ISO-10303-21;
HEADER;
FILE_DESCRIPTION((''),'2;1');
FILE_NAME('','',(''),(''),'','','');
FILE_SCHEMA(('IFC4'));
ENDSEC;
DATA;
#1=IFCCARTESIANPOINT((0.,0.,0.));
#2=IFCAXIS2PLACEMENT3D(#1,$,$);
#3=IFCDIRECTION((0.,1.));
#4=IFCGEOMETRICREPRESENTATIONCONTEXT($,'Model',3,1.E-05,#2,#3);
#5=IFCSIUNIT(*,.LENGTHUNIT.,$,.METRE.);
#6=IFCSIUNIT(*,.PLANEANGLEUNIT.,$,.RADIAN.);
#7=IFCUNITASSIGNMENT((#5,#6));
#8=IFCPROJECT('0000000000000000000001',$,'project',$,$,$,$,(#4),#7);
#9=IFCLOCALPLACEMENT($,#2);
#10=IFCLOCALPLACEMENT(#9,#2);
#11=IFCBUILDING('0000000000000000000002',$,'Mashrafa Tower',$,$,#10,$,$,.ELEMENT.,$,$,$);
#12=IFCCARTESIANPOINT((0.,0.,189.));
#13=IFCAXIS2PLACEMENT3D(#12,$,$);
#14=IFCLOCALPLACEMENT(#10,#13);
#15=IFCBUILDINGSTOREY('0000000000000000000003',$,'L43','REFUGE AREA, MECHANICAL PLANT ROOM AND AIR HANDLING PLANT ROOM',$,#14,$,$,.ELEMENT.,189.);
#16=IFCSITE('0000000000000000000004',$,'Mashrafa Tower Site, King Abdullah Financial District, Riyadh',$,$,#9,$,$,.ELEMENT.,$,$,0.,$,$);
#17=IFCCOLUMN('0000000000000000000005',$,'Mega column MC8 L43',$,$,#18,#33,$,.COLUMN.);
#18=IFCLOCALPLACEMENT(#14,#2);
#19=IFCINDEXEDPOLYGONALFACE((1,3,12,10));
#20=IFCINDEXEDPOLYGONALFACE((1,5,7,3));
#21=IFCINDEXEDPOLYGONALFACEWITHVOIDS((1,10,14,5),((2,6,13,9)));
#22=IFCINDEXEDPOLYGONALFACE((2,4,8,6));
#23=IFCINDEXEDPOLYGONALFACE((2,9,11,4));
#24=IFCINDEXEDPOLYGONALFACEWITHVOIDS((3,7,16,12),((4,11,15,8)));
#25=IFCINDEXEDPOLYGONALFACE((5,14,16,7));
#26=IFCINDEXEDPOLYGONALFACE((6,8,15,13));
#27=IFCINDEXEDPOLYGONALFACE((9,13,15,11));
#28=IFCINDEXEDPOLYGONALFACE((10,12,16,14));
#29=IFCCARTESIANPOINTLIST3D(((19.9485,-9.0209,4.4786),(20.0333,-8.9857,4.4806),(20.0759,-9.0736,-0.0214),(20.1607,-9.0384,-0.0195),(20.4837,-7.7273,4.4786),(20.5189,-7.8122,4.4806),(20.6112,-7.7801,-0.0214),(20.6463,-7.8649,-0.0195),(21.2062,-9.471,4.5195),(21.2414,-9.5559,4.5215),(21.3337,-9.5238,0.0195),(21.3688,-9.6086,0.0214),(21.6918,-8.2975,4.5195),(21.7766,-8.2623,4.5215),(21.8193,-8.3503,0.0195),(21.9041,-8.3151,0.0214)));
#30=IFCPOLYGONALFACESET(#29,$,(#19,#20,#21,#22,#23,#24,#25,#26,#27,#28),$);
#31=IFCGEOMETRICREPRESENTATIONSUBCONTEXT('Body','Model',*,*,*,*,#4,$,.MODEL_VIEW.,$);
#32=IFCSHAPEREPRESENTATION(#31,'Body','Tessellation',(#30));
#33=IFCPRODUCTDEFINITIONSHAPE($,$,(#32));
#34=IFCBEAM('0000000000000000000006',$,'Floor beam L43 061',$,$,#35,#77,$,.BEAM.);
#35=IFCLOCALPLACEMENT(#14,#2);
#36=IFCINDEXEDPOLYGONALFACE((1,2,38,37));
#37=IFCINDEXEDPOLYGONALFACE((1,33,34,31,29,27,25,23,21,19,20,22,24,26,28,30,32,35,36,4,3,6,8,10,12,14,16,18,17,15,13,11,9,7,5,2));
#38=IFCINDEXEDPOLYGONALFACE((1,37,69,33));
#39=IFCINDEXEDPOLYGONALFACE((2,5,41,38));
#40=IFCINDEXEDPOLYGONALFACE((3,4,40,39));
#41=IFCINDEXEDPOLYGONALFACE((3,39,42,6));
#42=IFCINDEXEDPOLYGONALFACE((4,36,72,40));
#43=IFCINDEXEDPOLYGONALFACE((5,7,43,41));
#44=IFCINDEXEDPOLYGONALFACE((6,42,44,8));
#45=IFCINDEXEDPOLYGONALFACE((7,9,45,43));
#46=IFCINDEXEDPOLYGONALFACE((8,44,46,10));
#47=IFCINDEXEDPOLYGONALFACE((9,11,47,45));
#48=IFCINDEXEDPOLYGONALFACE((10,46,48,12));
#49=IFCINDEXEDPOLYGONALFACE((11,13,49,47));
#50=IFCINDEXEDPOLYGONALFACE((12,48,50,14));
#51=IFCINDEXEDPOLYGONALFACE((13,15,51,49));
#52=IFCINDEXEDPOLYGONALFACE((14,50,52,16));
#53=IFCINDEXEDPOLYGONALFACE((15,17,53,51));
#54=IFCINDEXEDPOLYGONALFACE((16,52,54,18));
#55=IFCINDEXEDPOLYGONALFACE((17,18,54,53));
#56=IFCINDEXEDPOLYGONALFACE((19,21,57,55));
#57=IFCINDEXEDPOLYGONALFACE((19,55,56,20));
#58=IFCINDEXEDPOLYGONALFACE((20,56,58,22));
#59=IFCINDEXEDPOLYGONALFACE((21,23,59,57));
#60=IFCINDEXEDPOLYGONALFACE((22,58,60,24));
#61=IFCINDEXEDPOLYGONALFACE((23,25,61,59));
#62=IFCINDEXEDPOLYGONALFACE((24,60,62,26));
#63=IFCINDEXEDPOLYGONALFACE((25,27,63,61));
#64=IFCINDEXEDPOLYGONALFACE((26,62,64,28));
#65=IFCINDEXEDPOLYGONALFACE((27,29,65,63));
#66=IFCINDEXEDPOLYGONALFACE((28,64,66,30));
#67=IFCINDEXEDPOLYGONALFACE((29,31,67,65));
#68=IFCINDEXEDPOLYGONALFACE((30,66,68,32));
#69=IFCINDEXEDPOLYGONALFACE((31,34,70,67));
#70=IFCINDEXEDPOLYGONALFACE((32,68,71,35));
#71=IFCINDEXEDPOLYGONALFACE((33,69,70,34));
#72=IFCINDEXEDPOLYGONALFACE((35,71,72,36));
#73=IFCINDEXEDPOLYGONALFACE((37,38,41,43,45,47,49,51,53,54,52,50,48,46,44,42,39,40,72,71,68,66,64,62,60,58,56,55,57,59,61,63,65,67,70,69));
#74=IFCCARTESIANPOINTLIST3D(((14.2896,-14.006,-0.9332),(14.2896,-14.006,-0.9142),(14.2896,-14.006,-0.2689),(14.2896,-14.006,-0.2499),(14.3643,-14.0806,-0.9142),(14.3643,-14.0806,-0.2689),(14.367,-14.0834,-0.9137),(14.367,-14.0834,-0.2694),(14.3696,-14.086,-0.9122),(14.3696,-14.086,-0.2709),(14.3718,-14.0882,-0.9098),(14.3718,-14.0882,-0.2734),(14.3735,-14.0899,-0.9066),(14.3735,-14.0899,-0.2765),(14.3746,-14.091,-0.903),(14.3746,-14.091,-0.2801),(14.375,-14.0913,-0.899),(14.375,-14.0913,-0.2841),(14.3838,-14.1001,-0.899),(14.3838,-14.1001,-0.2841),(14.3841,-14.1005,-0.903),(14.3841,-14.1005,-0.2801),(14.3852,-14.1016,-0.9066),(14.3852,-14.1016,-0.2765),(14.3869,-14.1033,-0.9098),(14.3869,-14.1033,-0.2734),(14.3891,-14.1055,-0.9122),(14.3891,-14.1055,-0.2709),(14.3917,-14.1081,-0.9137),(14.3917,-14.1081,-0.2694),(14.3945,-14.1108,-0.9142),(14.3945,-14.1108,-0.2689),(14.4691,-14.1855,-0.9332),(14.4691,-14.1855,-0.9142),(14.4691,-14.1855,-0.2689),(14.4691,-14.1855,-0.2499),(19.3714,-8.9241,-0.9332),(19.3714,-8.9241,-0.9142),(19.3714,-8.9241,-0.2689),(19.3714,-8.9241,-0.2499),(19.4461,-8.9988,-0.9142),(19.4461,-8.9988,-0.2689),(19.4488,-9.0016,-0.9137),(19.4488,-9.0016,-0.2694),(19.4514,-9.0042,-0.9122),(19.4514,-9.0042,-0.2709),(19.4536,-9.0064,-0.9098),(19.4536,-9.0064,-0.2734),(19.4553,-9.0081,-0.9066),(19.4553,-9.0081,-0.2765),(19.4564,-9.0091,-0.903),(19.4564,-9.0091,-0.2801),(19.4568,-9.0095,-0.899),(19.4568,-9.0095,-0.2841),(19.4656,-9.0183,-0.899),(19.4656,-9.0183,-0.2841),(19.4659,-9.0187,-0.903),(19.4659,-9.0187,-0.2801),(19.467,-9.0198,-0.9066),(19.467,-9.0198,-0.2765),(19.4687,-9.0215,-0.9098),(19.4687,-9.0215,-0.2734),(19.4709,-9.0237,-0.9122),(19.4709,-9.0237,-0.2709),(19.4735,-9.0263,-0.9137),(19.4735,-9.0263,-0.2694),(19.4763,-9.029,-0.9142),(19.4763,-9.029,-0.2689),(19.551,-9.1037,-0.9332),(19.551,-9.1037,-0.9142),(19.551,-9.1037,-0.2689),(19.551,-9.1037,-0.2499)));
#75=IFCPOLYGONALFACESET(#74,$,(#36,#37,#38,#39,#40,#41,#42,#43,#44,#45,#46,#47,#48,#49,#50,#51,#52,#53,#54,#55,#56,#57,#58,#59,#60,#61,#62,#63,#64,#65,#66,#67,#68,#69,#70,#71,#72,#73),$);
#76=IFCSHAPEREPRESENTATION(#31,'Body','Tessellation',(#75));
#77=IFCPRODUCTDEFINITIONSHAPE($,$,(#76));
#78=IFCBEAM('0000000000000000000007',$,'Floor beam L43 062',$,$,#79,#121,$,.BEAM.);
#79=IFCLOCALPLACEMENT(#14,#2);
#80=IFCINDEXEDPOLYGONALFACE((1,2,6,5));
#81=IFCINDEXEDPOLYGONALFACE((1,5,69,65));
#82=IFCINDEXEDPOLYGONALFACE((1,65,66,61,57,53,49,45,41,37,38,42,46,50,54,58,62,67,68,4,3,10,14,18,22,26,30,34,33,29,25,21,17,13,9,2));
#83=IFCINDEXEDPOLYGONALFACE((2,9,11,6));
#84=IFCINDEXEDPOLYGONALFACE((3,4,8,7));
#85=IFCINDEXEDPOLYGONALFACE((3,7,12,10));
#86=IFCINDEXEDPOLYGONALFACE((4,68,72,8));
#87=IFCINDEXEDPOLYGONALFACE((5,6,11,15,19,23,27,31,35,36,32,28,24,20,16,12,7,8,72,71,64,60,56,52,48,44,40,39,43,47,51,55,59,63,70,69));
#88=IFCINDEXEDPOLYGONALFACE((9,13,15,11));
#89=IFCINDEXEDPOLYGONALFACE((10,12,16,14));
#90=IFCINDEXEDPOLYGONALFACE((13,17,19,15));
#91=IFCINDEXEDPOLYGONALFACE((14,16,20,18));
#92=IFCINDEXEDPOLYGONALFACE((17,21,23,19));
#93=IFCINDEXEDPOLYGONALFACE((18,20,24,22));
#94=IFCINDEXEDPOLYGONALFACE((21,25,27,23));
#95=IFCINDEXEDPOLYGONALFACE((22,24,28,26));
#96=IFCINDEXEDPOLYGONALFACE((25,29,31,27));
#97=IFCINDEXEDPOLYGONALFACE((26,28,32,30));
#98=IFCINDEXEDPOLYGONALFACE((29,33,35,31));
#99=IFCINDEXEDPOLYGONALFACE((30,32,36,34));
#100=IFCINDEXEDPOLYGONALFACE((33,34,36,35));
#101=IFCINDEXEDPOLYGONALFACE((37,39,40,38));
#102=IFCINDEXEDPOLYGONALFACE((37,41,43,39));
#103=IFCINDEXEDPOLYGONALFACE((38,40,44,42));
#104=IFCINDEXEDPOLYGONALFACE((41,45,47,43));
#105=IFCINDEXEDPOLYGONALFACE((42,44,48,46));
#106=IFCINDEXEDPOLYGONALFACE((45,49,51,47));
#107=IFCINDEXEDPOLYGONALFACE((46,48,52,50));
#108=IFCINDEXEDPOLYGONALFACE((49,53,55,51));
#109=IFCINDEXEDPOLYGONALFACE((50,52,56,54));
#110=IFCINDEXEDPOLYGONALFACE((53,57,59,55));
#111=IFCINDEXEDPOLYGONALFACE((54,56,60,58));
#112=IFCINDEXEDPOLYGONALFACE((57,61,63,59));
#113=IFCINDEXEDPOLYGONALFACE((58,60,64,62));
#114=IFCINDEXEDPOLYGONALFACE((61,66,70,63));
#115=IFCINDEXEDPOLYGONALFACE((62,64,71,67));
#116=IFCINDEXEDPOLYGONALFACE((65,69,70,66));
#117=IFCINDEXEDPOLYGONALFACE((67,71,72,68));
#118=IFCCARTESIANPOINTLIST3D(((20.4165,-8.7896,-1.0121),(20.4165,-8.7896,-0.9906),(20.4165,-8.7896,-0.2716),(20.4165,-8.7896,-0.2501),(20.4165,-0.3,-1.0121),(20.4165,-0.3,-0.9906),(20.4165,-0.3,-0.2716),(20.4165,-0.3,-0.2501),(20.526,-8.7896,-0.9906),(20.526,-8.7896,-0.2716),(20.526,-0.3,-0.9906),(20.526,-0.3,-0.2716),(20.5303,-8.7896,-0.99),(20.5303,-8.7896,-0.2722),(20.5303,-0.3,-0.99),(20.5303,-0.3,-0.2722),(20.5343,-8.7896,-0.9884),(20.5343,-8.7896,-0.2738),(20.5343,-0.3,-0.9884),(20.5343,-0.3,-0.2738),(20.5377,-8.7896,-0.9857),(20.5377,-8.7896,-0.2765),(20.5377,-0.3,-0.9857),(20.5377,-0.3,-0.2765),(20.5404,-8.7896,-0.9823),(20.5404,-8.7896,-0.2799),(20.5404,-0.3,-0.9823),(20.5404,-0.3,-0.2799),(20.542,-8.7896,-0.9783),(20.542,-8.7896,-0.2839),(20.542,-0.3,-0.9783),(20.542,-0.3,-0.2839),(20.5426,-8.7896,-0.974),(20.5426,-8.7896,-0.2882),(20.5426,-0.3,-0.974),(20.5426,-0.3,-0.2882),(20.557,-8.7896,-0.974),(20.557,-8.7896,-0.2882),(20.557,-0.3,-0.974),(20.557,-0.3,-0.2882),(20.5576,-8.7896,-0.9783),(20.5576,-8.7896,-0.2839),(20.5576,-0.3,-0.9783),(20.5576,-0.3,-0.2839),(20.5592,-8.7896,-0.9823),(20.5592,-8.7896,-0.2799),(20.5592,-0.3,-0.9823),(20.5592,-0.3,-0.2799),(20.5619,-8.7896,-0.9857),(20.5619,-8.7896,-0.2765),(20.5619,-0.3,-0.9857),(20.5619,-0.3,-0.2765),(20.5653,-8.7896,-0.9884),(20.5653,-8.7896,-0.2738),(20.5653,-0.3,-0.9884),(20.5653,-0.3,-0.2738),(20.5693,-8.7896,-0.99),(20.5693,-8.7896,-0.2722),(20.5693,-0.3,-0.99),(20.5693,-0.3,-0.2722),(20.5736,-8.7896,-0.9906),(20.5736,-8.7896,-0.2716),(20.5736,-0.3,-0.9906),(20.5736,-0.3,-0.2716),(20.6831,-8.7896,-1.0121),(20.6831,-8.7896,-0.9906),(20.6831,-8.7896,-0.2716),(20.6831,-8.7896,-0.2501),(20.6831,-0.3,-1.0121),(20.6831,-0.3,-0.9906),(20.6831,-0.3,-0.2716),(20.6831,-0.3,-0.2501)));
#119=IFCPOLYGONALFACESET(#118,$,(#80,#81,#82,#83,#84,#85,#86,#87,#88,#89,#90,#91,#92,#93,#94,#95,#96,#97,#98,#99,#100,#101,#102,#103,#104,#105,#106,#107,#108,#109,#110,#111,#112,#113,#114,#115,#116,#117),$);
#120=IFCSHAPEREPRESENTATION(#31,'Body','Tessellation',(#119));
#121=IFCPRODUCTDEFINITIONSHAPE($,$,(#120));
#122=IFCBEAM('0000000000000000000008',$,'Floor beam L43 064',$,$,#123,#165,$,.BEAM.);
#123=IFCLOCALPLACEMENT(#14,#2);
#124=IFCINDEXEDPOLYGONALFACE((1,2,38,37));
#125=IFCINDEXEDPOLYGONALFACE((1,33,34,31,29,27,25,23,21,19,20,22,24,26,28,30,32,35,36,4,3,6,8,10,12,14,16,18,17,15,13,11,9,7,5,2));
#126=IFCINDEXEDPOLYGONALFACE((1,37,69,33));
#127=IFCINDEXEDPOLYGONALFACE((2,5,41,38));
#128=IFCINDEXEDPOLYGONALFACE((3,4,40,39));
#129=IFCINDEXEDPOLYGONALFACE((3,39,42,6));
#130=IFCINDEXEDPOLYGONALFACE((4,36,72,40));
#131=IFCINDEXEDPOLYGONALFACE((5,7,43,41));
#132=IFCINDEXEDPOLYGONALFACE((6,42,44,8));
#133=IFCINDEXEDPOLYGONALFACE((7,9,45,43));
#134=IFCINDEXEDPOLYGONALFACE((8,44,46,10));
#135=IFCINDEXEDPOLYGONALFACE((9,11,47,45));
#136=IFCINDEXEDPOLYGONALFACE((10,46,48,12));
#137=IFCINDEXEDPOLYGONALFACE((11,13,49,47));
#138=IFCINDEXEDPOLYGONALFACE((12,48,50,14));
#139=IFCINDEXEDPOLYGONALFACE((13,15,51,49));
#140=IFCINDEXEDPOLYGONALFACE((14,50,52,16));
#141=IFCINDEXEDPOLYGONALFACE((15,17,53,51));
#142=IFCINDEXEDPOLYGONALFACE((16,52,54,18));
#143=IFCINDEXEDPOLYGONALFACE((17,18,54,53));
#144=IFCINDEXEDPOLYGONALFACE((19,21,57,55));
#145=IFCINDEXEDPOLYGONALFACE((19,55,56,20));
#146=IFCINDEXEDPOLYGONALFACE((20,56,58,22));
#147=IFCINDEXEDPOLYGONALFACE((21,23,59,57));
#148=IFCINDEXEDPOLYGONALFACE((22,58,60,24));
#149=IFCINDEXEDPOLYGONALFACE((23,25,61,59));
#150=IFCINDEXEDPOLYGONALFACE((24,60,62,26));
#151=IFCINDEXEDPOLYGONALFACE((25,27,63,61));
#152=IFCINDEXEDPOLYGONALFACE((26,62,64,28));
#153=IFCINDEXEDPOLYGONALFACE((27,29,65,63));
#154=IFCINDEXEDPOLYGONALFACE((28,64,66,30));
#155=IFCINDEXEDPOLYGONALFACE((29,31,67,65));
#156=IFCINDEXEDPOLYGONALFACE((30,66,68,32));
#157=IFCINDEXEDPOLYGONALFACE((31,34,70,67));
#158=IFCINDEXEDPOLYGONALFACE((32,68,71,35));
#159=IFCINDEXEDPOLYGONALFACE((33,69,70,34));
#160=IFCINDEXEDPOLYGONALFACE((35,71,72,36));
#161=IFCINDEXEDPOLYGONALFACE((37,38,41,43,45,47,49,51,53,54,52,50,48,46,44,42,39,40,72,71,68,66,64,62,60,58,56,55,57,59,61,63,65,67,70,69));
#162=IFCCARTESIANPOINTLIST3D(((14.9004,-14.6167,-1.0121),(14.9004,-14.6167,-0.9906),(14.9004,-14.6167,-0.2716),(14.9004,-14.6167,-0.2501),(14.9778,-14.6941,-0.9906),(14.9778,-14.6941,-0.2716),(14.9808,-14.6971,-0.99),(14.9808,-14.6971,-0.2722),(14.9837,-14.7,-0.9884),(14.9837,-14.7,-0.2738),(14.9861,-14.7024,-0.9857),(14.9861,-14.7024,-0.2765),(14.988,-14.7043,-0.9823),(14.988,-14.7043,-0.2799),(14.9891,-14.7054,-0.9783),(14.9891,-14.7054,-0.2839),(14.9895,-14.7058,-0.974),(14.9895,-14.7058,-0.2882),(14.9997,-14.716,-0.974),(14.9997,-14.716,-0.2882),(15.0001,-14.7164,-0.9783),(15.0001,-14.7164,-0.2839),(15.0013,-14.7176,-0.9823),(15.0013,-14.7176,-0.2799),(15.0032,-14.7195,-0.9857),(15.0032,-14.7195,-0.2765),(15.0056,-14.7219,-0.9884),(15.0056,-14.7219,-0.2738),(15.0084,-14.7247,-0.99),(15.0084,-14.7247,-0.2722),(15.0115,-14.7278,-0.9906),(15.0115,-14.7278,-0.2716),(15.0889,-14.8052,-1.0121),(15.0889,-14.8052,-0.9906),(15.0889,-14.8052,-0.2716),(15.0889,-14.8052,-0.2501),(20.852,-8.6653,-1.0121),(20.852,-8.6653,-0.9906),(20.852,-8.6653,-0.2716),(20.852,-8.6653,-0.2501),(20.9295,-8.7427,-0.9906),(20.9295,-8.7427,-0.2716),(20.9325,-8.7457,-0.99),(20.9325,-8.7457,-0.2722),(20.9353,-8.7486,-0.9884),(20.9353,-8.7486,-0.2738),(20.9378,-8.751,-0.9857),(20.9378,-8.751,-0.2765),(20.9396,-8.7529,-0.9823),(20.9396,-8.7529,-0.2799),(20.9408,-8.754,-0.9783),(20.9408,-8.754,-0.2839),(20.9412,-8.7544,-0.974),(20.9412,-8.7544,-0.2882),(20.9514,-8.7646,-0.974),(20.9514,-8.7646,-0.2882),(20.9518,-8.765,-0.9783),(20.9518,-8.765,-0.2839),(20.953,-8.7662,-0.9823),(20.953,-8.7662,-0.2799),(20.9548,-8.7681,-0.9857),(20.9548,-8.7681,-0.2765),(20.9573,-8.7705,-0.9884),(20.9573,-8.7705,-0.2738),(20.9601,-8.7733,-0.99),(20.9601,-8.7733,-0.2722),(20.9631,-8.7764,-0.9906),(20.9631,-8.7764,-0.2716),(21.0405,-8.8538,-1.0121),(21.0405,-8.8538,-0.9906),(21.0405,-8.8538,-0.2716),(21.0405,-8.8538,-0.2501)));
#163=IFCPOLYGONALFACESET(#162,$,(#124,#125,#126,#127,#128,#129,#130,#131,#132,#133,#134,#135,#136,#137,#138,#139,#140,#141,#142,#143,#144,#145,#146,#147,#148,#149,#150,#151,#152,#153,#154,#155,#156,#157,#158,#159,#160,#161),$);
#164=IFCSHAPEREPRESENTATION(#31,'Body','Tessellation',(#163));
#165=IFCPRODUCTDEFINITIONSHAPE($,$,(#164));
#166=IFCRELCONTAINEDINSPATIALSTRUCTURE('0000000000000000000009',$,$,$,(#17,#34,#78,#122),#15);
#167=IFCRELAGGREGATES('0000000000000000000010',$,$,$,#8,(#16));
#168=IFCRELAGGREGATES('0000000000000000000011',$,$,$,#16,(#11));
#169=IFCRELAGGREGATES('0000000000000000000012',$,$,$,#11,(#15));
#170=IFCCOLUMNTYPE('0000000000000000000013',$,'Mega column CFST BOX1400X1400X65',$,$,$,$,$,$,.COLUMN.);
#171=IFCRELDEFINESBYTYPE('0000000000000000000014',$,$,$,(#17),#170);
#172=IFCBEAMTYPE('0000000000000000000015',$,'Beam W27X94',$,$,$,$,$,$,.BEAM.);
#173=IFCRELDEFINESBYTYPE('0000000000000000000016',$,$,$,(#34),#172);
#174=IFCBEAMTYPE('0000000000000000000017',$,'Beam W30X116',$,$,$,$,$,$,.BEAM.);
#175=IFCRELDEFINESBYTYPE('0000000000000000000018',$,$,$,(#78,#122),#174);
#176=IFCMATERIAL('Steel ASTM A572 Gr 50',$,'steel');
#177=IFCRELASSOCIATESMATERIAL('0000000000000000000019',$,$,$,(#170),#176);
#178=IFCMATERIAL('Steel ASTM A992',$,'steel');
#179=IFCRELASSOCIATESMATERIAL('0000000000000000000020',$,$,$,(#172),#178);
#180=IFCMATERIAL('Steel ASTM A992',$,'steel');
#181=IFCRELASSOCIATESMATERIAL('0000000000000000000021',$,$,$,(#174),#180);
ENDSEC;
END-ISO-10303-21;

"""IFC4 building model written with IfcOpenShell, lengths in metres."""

from ifc_helpers import new_model, si_unit, direction, frame, origin, origin_2d, place, context, subcontext, project, spatial, hollow_rectangle, i_section, extrude, material, material_profile, profile_set, type_object, element, save


model = new_model("IFC4")

# Units and contexts
model_context = context("Model", 3, precision=1e-05, world=origin(), true_north=direction((0.0, 1.0)))
body_context = subcontext(model_context, "Body", "Model", "MODEL_VIEW")
ifc_project = project(units=[si_unit("LENGTHUNIT", "METRE"), si_unit("PLANEANGLEUNIT", "RADIAN")], contexts=[model_context])

# Site, building, storey
site_placement = place(None, origin())
site = spatial("IfcSite", under=ifc_project, at=site_placement, Name="Mashrafa Tower Site, King Abdullah Financial District, Riyadh", CompositionType="ELEMENT", RefElevation=0.0)
building_placement = place(site_placement, origin())
building = spatial("IfcBuilding", under=site, at=building_placement, Name="Mashrafa Tower", CompositionType="ELEMENT")
storey_placement = place(building_placement, frame((0.0, 0.0, 189.0)))
storey = spatial("IfcBuildingStorey", under=building, at=storey_placement, Name="L43", Description="REFUGE AREA, MECHANICAL PLANT ROOM AND AIR HANDLING PLANT ROOM", CompositionType="ELEMENT", Elevation=189.0)

# Column
ifc_material_1 = material(Name="Steel ASTM A572 Gr 50", Category="steel")
ifc_material_profile_1 = material_profile(ifc_material_1, hollow_rectangle(XDim=1.3999, YDim=1.3999, WallThickness=0.0649, at=origin_2d()), Name="BOX1400X1400X65")
ifc_profile_set_1 = profile_set([ifc_material_profile_1], Name="Steel ASTM A572 Gr 50")
column_type = type_object("IfcColumnType", Name="Mega column CFST BOX1400X1400X65", PredefinedType="COLUMN", material=ifc_profile_set_1)
column_placement = place(storey_placement, frame((20.99, -8.6943, 0.0), z_axis=(-0.028307, 0.011713, 0.999531), x_axis=(-0.382352, -0.924017, 0.0)))
element("IfcColumn", 1, at=column_placement, inside=storey, type_object=column_type, Name="Mega column MC8 L43", PredefinedType="COLUMN", context=body_context, shape_type="SweptSolid", body=[
    extrude(hollow_rectangle(XDim=1.3999, YDim=1.3999, WallThickness=0.0649, at=origin_2d()), origin(), (0.0, 0.0, 1.0), 4.5022),
])

# Beams
ifc_material_2 = material(Name="Steel ASTM A992", Category="steel")
ifc_material_profile_2 = material_profile(ifc_material_2, i_section(OverallWidth=0.2539, OverallDepth=0.6833, WebThickness=0.0125, FlangeThickness=0.019, FilletRadius=0.0151, at=origin_2d()), Name="W27X94")
ifc_profile_set_2 = profile_set([ifc_material_profile_2], Name="Steel ASTM A992")
beam_type_1 = type_object("IfcBeamType", Name="Beam W27X94", PredefinedType="BEAM", material=ifc_profile_set_2)
beam_1_placement = place(storey_placement, frame((19.4612, -9.0139, -0.5916), z_axis=(-0.707107, -0.707107, 0.0), x_axis=(0.707107, -0.707107, 0.0)))
element("IfcBeam", 2, at=beam_1_placement, inside=storey, type_object=beam_type_1, Name="Floor beam L43 061", PredefinedType="BEAM", context=body_context, shape_type="SweptSolid", body=[
    extrude(i_section(OverallWidth=0.2539, OverallDepth=0.6833, WebThickness=0.0125, FlangeThickness=0.019, FilletRadius=0.0151, at=origin_2d()), origin(), (0.0, 0.0, 1.0), 7.1868),
])
ifc_material_3 = material(Name="Steel ASTM A992", Category="steel")
ifc_material_profile_3 = material_profile(ifc_material_3, i_section(OverallWidth=0.2666, OverallDepth=0.762, WebThickness=0.0144, FlangeThickness=0.0215, FilletRadius=0.0166, at=origin_2d()), Name="W30X116")
ifc_profile_set_3 = profile_set([ifc_material_profile_3], Name="Steel ASTM A992")
beam_type_2 = type_object("IfcBeamType", Name="Beam W30X116", PredefinedType="BEAM", material=ifc_profile_set_3)
beam_2_placement = place(storey_placement, frame((20.5498, -0.3, -0.6311), z_axis=(0.0, -1.0, 0.0), x_axis=(1.0, 0.0, 0.0)))
element("IfcBeam", 3, at=beam_2_placement, inside=storey, type_object=beam_type_2, Name="Floor beam L43 062", PredefinedType="BEAM", context=body_context, shape_type="SweptSolid", body=[
    extrude(i_section(OverallWidth=0.2666, OverallDepth=0.762, WebThickness=0.0144, FlangeThickness=0.0215, FilletRadius=0.0166, at=origin_2d()), origin(), (0.0, 0.0, 1.0), 8.4895),
])
beam_3_placement = place(storey_placement, frame((20.9463, -8.7595, -0.6311), z_axis=(-0.707121, -0.707092, 0.0), x_axis=(0.707092, -0.707121, 0.0)))
element("IfcBeam", 4, at=beam_3_placement, inside=storey, type_object=beam_type_2, Name="Floor beam L43 064", PredefinedType="BEAM", context=body_context, shape_type="SweptSolid", body=[
    extrude(i_section(OverallWidth=0.2666, OverallDepth=0.762, WebThickness=0.0144, FlangeThickness=0.0215, FilletRadius=0.0166, at=origin_2d()), origin(), (0.0, 0.0, 1.0), 8.4167),
])

save(model, "model.ifc")
